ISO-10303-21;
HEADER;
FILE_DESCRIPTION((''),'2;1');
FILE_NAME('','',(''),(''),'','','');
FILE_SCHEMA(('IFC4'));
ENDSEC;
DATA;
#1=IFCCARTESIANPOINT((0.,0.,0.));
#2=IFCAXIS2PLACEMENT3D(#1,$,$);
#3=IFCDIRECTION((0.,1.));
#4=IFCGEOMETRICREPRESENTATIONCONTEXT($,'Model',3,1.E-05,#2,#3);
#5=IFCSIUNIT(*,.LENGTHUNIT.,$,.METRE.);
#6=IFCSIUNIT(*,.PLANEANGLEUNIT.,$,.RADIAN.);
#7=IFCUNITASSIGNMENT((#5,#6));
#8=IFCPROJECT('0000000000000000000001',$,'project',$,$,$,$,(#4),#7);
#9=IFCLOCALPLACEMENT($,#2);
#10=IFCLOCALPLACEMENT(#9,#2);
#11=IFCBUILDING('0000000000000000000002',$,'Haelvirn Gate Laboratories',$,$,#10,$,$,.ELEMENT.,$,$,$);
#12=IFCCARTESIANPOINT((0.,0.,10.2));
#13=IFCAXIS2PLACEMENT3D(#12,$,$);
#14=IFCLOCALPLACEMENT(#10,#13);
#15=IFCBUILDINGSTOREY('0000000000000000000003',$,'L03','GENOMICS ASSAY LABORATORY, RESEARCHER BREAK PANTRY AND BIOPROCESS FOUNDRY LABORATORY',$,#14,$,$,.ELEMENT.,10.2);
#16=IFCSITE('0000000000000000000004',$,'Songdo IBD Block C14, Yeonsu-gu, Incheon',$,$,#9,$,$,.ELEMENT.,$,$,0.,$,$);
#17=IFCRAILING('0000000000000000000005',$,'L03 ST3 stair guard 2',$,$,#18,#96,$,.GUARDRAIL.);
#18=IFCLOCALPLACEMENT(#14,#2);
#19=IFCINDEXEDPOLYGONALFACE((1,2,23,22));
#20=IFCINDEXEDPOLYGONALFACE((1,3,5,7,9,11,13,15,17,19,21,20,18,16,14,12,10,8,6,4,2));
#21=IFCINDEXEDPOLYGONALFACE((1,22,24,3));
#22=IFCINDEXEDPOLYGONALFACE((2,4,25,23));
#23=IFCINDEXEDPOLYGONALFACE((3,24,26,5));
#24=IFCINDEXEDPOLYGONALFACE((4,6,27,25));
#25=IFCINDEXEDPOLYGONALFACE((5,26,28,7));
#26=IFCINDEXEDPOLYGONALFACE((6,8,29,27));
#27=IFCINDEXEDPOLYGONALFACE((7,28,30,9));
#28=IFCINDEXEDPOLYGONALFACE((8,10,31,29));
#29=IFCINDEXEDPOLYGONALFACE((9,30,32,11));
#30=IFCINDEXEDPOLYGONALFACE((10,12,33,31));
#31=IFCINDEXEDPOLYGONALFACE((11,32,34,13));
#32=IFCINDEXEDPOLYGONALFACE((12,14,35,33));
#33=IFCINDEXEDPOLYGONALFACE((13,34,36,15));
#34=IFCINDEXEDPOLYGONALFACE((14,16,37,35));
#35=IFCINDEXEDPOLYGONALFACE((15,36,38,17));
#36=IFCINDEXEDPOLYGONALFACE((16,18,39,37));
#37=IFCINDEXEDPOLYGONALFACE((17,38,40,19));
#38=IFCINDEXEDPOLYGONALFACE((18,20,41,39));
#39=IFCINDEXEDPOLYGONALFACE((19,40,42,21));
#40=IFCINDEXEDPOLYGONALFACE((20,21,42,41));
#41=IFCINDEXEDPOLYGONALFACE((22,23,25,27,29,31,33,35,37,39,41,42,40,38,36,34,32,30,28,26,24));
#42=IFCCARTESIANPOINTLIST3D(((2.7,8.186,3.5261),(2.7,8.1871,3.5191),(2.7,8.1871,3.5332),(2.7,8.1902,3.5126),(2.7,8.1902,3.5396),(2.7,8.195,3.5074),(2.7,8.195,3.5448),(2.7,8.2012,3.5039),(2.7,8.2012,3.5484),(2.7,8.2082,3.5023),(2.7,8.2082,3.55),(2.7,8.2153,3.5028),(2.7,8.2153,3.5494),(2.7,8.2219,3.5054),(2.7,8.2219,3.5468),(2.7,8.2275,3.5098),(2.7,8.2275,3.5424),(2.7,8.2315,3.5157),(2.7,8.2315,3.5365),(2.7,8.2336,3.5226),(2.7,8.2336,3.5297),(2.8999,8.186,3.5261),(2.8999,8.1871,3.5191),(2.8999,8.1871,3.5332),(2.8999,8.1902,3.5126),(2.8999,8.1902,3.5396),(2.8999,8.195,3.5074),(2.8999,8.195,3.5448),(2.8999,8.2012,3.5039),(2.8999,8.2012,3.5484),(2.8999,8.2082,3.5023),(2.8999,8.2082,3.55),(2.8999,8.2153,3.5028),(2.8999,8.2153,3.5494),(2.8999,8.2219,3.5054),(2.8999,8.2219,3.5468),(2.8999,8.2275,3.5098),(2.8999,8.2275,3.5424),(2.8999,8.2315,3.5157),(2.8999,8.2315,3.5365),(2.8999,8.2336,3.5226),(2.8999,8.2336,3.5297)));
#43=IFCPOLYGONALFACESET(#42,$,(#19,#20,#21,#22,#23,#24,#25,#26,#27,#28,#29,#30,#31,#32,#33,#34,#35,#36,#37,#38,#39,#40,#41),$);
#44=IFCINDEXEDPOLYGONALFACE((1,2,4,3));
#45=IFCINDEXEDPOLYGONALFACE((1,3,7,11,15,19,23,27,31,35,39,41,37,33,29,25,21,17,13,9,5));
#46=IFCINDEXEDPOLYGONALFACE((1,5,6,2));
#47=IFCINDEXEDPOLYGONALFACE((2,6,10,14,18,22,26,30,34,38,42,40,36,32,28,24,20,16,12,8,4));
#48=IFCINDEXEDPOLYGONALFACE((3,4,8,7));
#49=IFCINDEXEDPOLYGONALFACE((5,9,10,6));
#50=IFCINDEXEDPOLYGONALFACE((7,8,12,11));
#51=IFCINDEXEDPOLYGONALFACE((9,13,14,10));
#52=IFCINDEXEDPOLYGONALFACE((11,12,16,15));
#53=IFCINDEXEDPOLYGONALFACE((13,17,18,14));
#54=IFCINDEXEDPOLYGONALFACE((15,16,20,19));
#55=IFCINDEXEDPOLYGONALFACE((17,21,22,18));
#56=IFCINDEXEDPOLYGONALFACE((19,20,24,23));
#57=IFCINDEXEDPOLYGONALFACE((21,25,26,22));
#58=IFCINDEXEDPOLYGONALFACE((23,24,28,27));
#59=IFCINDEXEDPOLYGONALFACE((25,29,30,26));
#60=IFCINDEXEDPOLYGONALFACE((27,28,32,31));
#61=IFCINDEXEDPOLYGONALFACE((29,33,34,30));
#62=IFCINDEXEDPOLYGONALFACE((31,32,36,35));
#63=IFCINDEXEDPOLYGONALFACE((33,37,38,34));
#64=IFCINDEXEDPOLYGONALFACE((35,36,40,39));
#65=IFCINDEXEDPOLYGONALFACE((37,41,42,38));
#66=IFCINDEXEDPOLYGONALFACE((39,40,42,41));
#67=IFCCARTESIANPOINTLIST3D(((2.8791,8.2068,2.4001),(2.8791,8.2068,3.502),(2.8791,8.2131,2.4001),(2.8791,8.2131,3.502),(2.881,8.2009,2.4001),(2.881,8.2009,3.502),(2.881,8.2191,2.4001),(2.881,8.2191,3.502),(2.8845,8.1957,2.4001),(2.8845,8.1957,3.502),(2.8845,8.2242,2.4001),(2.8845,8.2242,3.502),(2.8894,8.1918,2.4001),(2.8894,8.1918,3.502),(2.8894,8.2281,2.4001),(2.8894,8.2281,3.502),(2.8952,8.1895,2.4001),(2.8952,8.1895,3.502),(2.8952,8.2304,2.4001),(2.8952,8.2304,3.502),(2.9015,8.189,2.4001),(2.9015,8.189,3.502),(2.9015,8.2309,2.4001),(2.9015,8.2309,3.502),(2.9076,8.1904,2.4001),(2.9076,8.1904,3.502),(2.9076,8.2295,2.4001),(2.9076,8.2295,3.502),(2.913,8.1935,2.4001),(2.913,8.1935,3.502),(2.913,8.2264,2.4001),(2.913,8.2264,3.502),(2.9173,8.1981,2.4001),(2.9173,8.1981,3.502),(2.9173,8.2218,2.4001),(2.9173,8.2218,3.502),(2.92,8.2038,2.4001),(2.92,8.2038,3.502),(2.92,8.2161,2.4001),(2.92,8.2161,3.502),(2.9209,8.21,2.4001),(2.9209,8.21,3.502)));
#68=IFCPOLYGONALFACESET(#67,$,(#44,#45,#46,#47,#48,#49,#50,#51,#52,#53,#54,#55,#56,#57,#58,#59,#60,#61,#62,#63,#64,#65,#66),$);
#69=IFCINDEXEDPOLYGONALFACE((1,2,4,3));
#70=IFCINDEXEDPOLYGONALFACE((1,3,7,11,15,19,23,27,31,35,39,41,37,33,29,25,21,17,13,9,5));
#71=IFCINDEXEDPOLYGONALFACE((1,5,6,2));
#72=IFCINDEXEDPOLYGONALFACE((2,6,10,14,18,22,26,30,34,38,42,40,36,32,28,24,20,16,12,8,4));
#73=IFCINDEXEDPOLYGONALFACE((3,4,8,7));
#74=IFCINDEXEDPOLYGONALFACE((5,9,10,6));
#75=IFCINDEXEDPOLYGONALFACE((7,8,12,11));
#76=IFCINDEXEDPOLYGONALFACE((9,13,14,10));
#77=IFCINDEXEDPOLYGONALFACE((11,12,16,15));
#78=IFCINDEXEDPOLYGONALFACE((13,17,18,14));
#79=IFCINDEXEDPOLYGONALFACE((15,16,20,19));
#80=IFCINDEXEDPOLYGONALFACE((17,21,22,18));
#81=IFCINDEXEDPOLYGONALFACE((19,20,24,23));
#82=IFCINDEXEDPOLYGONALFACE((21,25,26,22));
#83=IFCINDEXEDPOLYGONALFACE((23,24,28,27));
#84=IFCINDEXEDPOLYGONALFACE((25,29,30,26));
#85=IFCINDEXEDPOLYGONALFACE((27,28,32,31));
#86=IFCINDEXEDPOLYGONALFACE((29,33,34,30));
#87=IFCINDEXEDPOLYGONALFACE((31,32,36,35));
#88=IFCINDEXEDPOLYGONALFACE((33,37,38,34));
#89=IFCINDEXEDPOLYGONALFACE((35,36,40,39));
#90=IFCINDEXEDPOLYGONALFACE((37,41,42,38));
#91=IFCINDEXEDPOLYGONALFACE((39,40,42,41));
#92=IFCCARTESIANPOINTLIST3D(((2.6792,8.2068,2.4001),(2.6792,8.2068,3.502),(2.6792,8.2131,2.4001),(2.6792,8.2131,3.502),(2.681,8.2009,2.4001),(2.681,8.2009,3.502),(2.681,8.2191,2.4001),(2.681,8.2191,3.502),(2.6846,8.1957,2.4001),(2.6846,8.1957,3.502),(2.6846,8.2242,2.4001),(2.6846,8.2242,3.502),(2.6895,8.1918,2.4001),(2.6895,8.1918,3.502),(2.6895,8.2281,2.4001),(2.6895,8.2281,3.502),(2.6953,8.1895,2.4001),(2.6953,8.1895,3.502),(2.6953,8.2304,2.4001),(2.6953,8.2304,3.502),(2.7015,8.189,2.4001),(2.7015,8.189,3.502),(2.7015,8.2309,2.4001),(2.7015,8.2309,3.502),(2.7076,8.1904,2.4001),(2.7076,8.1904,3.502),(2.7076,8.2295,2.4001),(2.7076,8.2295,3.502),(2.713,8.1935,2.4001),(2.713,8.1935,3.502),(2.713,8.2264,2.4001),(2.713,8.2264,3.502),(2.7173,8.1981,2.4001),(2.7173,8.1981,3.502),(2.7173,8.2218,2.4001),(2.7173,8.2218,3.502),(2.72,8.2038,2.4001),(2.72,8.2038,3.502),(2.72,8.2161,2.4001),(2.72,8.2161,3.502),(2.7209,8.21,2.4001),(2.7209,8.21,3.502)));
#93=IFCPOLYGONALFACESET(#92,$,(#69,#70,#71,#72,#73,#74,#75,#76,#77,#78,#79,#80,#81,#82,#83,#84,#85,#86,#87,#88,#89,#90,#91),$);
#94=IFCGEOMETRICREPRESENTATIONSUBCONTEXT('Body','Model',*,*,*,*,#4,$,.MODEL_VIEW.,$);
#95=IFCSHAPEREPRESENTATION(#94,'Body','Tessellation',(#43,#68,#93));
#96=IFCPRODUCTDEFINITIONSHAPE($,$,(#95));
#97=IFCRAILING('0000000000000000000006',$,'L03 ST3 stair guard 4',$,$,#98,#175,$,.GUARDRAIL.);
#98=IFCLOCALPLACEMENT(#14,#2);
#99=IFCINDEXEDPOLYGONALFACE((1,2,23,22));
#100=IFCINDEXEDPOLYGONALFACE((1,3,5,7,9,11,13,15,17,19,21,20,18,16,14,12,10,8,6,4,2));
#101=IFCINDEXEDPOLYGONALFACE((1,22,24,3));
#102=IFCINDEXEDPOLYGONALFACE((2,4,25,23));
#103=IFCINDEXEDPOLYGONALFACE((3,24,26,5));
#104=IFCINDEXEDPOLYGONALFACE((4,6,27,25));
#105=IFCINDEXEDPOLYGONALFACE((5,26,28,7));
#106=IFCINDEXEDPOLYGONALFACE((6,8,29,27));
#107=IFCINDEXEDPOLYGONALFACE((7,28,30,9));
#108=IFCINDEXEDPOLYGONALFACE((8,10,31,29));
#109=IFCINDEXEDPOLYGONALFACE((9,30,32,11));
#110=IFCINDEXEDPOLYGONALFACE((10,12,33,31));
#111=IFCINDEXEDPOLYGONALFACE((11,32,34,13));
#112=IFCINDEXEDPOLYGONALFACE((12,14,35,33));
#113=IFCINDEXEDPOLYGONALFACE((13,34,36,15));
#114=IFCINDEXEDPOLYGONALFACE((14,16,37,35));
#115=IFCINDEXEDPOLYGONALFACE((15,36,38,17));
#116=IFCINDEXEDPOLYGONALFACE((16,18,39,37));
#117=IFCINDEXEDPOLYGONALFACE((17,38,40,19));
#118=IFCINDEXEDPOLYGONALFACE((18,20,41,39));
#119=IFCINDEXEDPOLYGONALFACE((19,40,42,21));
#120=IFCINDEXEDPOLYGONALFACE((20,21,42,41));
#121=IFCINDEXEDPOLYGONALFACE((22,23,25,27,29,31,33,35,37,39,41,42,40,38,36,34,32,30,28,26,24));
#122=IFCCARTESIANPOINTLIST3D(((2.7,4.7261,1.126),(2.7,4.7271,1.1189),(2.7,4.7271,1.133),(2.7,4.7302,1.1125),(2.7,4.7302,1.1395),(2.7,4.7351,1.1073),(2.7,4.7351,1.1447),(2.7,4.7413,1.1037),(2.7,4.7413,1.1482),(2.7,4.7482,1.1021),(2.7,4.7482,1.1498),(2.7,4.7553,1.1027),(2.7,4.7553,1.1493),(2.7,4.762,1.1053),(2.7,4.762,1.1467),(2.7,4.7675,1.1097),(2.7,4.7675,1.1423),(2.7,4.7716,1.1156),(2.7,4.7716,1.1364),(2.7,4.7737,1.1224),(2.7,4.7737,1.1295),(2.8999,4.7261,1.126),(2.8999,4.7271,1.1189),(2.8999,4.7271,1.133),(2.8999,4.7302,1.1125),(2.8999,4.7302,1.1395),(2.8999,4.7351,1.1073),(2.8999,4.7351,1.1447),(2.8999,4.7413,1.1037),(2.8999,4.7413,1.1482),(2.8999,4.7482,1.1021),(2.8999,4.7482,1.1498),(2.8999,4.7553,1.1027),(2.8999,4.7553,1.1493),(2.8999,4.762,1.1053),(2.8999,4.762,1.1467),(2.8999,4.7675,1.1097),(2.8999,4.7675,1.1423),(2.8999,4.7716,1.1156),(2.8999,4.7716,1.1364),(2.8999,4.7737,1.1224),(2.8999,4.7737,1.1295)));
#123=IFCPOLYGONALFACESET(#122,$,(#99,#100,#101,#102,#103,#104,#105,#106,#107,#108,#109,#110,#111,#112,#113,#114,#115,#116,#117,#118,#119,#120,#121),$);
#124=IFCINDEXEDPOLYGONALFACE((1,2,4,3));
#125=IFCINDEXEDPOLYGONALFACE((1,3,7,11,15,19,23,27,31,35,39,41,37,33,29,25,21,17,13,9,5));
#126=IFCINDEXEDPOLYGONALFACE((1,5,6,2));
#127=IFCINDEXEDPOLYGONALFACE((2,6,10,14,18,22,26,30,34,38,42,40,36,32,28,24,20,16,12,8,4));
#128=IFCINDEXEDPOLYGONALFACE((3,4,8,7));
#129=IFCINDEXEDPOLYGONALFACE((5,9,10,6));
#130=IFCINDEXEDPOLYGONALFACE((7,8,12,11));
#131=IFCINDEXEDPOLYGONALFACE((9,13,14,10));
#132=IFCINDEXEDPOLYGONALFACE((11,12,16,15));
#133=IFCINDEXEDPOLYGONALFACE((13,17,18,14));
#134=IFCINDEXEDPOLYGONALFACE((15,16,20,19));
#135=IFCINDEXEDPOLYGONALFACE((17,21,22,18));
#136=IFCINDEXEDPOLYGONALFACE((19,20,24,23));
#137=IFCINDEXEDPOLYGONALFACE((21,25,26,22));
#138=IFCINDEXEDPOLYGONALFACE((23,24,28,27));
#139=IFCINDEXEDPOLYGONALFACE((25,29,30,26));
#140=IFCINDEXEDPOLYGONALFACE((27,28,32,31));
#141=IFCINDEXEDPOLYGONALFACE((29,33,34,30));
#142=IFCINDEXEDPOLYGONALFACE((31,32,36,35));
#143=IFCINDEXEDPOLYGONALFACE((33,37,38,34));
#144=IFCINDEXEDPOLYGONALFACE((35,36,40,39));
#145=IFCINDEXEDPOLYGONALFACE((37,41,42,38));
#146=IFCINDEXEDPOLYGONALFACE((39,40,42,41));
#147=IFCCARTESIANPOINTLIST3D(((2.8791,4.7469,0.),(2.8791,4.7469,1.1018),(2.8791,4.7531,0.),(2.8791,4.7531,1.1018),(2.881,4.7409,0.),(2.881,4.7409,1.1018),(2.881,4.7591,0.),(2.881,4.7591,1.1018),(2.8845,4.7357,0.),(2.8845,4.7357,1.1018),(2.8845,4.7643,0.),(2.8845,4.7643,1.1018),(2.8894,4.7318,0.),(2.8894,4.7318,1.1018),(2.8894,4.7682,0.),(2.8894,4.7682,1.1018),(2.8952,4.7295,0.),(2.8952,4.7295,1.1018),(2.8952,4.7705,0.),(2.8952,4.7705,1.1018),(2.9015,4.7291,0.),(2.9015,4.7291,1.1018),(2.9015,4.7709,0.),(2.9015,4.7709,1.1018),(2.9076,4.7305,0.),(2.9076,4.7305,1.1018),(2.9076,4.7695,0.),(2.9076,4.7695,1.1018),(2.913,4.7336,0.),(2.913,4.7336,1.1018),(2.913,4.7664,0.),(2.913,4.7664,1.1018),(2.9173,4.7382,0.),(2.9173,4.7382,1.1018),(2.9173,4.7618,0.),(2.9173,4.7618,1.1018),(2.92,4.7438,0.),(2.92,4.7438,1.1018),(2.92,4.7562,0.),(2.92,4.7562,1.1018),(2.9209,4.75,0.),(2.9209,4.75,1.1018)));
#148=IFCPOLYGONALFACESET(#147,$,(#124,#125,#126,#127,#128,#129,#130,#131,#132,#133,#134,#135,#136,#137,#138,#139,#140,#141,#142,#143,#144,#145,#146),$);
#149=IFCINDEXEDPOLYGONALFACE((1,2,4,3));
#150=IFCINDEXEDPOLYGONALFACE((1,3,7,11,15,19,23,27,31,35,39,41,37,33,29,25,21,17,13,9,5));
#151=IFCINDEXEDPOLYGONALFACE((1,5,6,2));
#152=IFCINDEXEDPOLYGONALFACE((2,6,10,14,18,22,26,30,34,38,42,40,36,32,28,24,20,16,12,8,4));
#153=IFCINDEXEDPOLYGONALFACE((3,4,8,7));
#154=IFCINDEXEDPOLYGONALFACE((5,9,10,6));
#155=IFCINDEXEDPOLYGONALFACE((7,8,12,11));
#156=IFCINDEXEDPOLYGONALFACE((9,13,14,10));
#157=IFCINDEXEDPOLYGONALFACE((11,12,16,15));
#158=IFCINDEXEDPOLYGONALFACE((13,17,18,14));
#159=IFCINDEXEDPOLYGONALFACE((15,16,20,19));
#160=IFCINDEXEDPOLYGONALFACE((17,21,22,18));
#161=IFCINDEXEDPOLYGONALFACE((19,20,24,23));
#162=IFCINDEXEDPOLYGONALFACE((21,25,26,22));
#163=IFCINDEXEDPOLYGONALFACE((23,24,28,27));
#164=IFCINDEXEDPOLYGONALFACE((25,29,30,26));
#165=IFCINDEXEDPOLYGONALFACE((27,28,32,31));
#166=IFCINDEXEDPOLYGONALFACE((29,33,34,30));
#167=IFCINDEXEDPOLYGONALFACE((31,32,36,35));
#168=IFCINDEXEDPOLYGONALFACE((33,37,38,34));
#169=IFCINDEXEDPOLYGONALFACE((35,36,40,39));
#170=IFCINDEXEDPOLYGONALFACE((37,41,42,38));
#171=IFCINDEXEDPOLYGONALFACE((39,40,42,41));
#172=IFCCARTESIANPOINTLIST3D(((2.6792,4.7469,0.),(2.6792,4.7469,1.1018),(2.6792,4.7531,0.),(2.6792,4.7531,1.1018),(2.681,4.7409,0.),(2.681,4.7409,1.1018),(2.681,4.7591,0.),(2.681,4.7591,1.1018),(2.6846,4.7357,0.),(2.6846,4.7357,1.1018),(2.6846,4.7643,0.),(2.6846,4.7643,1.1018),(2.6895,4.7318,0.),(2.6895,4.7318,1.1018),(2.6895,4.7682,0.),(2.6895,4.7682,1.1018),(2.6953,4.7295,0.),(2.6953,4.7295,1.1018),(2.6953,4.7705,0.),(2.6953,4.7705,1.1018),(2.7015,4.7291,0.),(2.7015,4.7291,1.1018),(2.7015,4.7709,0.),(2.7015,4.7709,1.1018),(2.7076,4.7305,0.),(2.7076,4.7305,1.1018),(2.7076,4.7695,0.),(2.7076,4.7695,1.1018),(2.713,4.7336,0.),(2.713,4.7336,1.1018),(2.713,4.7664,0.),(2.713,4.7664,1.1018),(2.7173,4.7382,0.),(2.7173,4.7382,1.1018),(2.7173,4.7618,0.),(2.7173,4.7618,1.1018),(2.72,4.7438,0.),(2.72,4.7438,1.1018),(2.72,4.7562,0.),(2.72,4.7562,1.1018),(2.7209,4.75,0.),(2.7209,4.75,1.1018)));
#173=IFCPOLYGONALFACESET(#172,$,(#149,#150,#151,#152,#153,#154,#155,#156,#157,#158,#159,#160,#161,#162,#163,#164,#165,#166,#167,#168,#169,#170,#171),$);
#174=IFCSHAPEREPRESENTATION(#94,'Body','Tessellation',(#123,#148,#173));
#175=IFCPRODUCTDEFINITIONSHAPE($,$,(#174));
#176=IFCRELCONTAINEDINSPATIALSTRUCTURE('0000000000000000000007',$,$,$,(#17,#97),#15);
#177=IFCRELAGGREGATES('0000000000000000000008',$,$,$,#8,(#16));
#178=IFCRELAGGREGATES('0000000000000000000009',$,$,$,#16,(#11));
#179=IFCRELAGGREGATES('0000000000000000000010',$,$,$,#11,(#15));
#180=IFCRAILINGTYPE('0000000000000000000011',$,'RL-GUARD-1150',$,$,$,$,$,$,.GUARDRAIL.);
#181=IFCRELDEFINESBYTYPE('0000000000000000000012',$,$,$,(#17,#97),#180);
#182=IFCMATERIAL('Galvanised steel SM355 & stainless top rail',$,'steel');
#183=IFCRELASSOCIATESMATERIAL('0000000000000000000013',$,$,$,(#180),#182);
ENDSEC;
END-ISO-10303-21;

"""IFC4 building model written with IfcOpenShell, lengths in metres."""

from ifc_helpers import new_model, si_unit, direction, frame, origin, origin_2d, place, context, subcontext, project, spatial, circle, extrude, source, transform, mapped, material, type_object, element, save


model = new_model("IFC4")

# Units and contexts
model_context = context("Model", 3, precision=1e-05, world=origin(), true_north=direction((0.0, 1.0)))
body_context = subcontext(model_context, "Body", "Model", "MODEL_VIEW")
ifc_project = project(units=[si_unit("LENGTHUNIT", "METRE"), si_unit("PLANEANGLEUNIT", "RADIAN")], contexts=[model_context])

# Site, building, storey
site_placement = place(None, origin())
site = spatial("IfcSite", under=ifc_project, at=site_placement, Name="Songdo IBD Block C14, Yeonsu-gu, Incheon", CompositionType="ELEMENT", RefElevation=0.0)
building_placement = place(site_placement, origin())
building = spatial("IfcBuilding", under=site, at=building_placement, Name="Haelvirn Gate Laboratories", CompositionType="ELEMENT")
storey_placement = place(building_placement, frame((0.0, 0.0, 10.2)))
storey = spatial("IfcBuildingStorey", under=building, at=storey_placement, Name="L03", Description="GENOMICS ASSAY LABORATORY, RESEARCHER BREAK PANTRY AND BIOPROCESS FOUNDRY LABORATORY", CompositionType="ELEMENT", Elevation=10.2)

# Railings
ifc_material_1 = material(Name="Galvanised steel SM355 & stainless top rail", Category="steel")
railing_type_1 = type_object("IfcRailingType", Name="RL-GUARD-1150", PredefinedType="GUARDRAIL", material=ifc_material_1)
shared_shape_1 = source(origin(), body_context, "Body", "SweptSolid", [
    extrude(circle(Radius=0.0239, at=origin_2d()), frame((0.0, 0.0, 1.126), z_axis=(-1.0, 0.0, 0.0), x_axis=(0.0, -1.0, 0.0)), (0.0, 0.0, 1.0), 0.2),
    extrude(circle(Radius=0.021, at=origin_2d()), origin(), (0.0, 0.0, 1.0), 1.1018),
    extrude(circle(Radius=0.021, at=origin_2d()), frame((-0.2, 0.0, 0.0)), (0.0, 0.0, 1.0), 1.1018),
])
for number, where, name in (
    (1, (2.8999, 8.21, 2.4001), "L03 ST3 stair guard 2"),
    (2, (2.8999, 4.75, 0.0), "L03 ST3 stair guard 4"),
):
    element("IfcRailing", number, at=place(storey_placement, frame(where)), inside=storey, type_object=railing_type_1, Name=name, PredefinedType="GUARDRAIL", context=body_context, shape_type="MappedRepresentation", body=[
        mapped(shared_shape_1, transform((0.0, 0.0, 0.0), scale=1.0)),
    ])

save(model, "model.ifc")
